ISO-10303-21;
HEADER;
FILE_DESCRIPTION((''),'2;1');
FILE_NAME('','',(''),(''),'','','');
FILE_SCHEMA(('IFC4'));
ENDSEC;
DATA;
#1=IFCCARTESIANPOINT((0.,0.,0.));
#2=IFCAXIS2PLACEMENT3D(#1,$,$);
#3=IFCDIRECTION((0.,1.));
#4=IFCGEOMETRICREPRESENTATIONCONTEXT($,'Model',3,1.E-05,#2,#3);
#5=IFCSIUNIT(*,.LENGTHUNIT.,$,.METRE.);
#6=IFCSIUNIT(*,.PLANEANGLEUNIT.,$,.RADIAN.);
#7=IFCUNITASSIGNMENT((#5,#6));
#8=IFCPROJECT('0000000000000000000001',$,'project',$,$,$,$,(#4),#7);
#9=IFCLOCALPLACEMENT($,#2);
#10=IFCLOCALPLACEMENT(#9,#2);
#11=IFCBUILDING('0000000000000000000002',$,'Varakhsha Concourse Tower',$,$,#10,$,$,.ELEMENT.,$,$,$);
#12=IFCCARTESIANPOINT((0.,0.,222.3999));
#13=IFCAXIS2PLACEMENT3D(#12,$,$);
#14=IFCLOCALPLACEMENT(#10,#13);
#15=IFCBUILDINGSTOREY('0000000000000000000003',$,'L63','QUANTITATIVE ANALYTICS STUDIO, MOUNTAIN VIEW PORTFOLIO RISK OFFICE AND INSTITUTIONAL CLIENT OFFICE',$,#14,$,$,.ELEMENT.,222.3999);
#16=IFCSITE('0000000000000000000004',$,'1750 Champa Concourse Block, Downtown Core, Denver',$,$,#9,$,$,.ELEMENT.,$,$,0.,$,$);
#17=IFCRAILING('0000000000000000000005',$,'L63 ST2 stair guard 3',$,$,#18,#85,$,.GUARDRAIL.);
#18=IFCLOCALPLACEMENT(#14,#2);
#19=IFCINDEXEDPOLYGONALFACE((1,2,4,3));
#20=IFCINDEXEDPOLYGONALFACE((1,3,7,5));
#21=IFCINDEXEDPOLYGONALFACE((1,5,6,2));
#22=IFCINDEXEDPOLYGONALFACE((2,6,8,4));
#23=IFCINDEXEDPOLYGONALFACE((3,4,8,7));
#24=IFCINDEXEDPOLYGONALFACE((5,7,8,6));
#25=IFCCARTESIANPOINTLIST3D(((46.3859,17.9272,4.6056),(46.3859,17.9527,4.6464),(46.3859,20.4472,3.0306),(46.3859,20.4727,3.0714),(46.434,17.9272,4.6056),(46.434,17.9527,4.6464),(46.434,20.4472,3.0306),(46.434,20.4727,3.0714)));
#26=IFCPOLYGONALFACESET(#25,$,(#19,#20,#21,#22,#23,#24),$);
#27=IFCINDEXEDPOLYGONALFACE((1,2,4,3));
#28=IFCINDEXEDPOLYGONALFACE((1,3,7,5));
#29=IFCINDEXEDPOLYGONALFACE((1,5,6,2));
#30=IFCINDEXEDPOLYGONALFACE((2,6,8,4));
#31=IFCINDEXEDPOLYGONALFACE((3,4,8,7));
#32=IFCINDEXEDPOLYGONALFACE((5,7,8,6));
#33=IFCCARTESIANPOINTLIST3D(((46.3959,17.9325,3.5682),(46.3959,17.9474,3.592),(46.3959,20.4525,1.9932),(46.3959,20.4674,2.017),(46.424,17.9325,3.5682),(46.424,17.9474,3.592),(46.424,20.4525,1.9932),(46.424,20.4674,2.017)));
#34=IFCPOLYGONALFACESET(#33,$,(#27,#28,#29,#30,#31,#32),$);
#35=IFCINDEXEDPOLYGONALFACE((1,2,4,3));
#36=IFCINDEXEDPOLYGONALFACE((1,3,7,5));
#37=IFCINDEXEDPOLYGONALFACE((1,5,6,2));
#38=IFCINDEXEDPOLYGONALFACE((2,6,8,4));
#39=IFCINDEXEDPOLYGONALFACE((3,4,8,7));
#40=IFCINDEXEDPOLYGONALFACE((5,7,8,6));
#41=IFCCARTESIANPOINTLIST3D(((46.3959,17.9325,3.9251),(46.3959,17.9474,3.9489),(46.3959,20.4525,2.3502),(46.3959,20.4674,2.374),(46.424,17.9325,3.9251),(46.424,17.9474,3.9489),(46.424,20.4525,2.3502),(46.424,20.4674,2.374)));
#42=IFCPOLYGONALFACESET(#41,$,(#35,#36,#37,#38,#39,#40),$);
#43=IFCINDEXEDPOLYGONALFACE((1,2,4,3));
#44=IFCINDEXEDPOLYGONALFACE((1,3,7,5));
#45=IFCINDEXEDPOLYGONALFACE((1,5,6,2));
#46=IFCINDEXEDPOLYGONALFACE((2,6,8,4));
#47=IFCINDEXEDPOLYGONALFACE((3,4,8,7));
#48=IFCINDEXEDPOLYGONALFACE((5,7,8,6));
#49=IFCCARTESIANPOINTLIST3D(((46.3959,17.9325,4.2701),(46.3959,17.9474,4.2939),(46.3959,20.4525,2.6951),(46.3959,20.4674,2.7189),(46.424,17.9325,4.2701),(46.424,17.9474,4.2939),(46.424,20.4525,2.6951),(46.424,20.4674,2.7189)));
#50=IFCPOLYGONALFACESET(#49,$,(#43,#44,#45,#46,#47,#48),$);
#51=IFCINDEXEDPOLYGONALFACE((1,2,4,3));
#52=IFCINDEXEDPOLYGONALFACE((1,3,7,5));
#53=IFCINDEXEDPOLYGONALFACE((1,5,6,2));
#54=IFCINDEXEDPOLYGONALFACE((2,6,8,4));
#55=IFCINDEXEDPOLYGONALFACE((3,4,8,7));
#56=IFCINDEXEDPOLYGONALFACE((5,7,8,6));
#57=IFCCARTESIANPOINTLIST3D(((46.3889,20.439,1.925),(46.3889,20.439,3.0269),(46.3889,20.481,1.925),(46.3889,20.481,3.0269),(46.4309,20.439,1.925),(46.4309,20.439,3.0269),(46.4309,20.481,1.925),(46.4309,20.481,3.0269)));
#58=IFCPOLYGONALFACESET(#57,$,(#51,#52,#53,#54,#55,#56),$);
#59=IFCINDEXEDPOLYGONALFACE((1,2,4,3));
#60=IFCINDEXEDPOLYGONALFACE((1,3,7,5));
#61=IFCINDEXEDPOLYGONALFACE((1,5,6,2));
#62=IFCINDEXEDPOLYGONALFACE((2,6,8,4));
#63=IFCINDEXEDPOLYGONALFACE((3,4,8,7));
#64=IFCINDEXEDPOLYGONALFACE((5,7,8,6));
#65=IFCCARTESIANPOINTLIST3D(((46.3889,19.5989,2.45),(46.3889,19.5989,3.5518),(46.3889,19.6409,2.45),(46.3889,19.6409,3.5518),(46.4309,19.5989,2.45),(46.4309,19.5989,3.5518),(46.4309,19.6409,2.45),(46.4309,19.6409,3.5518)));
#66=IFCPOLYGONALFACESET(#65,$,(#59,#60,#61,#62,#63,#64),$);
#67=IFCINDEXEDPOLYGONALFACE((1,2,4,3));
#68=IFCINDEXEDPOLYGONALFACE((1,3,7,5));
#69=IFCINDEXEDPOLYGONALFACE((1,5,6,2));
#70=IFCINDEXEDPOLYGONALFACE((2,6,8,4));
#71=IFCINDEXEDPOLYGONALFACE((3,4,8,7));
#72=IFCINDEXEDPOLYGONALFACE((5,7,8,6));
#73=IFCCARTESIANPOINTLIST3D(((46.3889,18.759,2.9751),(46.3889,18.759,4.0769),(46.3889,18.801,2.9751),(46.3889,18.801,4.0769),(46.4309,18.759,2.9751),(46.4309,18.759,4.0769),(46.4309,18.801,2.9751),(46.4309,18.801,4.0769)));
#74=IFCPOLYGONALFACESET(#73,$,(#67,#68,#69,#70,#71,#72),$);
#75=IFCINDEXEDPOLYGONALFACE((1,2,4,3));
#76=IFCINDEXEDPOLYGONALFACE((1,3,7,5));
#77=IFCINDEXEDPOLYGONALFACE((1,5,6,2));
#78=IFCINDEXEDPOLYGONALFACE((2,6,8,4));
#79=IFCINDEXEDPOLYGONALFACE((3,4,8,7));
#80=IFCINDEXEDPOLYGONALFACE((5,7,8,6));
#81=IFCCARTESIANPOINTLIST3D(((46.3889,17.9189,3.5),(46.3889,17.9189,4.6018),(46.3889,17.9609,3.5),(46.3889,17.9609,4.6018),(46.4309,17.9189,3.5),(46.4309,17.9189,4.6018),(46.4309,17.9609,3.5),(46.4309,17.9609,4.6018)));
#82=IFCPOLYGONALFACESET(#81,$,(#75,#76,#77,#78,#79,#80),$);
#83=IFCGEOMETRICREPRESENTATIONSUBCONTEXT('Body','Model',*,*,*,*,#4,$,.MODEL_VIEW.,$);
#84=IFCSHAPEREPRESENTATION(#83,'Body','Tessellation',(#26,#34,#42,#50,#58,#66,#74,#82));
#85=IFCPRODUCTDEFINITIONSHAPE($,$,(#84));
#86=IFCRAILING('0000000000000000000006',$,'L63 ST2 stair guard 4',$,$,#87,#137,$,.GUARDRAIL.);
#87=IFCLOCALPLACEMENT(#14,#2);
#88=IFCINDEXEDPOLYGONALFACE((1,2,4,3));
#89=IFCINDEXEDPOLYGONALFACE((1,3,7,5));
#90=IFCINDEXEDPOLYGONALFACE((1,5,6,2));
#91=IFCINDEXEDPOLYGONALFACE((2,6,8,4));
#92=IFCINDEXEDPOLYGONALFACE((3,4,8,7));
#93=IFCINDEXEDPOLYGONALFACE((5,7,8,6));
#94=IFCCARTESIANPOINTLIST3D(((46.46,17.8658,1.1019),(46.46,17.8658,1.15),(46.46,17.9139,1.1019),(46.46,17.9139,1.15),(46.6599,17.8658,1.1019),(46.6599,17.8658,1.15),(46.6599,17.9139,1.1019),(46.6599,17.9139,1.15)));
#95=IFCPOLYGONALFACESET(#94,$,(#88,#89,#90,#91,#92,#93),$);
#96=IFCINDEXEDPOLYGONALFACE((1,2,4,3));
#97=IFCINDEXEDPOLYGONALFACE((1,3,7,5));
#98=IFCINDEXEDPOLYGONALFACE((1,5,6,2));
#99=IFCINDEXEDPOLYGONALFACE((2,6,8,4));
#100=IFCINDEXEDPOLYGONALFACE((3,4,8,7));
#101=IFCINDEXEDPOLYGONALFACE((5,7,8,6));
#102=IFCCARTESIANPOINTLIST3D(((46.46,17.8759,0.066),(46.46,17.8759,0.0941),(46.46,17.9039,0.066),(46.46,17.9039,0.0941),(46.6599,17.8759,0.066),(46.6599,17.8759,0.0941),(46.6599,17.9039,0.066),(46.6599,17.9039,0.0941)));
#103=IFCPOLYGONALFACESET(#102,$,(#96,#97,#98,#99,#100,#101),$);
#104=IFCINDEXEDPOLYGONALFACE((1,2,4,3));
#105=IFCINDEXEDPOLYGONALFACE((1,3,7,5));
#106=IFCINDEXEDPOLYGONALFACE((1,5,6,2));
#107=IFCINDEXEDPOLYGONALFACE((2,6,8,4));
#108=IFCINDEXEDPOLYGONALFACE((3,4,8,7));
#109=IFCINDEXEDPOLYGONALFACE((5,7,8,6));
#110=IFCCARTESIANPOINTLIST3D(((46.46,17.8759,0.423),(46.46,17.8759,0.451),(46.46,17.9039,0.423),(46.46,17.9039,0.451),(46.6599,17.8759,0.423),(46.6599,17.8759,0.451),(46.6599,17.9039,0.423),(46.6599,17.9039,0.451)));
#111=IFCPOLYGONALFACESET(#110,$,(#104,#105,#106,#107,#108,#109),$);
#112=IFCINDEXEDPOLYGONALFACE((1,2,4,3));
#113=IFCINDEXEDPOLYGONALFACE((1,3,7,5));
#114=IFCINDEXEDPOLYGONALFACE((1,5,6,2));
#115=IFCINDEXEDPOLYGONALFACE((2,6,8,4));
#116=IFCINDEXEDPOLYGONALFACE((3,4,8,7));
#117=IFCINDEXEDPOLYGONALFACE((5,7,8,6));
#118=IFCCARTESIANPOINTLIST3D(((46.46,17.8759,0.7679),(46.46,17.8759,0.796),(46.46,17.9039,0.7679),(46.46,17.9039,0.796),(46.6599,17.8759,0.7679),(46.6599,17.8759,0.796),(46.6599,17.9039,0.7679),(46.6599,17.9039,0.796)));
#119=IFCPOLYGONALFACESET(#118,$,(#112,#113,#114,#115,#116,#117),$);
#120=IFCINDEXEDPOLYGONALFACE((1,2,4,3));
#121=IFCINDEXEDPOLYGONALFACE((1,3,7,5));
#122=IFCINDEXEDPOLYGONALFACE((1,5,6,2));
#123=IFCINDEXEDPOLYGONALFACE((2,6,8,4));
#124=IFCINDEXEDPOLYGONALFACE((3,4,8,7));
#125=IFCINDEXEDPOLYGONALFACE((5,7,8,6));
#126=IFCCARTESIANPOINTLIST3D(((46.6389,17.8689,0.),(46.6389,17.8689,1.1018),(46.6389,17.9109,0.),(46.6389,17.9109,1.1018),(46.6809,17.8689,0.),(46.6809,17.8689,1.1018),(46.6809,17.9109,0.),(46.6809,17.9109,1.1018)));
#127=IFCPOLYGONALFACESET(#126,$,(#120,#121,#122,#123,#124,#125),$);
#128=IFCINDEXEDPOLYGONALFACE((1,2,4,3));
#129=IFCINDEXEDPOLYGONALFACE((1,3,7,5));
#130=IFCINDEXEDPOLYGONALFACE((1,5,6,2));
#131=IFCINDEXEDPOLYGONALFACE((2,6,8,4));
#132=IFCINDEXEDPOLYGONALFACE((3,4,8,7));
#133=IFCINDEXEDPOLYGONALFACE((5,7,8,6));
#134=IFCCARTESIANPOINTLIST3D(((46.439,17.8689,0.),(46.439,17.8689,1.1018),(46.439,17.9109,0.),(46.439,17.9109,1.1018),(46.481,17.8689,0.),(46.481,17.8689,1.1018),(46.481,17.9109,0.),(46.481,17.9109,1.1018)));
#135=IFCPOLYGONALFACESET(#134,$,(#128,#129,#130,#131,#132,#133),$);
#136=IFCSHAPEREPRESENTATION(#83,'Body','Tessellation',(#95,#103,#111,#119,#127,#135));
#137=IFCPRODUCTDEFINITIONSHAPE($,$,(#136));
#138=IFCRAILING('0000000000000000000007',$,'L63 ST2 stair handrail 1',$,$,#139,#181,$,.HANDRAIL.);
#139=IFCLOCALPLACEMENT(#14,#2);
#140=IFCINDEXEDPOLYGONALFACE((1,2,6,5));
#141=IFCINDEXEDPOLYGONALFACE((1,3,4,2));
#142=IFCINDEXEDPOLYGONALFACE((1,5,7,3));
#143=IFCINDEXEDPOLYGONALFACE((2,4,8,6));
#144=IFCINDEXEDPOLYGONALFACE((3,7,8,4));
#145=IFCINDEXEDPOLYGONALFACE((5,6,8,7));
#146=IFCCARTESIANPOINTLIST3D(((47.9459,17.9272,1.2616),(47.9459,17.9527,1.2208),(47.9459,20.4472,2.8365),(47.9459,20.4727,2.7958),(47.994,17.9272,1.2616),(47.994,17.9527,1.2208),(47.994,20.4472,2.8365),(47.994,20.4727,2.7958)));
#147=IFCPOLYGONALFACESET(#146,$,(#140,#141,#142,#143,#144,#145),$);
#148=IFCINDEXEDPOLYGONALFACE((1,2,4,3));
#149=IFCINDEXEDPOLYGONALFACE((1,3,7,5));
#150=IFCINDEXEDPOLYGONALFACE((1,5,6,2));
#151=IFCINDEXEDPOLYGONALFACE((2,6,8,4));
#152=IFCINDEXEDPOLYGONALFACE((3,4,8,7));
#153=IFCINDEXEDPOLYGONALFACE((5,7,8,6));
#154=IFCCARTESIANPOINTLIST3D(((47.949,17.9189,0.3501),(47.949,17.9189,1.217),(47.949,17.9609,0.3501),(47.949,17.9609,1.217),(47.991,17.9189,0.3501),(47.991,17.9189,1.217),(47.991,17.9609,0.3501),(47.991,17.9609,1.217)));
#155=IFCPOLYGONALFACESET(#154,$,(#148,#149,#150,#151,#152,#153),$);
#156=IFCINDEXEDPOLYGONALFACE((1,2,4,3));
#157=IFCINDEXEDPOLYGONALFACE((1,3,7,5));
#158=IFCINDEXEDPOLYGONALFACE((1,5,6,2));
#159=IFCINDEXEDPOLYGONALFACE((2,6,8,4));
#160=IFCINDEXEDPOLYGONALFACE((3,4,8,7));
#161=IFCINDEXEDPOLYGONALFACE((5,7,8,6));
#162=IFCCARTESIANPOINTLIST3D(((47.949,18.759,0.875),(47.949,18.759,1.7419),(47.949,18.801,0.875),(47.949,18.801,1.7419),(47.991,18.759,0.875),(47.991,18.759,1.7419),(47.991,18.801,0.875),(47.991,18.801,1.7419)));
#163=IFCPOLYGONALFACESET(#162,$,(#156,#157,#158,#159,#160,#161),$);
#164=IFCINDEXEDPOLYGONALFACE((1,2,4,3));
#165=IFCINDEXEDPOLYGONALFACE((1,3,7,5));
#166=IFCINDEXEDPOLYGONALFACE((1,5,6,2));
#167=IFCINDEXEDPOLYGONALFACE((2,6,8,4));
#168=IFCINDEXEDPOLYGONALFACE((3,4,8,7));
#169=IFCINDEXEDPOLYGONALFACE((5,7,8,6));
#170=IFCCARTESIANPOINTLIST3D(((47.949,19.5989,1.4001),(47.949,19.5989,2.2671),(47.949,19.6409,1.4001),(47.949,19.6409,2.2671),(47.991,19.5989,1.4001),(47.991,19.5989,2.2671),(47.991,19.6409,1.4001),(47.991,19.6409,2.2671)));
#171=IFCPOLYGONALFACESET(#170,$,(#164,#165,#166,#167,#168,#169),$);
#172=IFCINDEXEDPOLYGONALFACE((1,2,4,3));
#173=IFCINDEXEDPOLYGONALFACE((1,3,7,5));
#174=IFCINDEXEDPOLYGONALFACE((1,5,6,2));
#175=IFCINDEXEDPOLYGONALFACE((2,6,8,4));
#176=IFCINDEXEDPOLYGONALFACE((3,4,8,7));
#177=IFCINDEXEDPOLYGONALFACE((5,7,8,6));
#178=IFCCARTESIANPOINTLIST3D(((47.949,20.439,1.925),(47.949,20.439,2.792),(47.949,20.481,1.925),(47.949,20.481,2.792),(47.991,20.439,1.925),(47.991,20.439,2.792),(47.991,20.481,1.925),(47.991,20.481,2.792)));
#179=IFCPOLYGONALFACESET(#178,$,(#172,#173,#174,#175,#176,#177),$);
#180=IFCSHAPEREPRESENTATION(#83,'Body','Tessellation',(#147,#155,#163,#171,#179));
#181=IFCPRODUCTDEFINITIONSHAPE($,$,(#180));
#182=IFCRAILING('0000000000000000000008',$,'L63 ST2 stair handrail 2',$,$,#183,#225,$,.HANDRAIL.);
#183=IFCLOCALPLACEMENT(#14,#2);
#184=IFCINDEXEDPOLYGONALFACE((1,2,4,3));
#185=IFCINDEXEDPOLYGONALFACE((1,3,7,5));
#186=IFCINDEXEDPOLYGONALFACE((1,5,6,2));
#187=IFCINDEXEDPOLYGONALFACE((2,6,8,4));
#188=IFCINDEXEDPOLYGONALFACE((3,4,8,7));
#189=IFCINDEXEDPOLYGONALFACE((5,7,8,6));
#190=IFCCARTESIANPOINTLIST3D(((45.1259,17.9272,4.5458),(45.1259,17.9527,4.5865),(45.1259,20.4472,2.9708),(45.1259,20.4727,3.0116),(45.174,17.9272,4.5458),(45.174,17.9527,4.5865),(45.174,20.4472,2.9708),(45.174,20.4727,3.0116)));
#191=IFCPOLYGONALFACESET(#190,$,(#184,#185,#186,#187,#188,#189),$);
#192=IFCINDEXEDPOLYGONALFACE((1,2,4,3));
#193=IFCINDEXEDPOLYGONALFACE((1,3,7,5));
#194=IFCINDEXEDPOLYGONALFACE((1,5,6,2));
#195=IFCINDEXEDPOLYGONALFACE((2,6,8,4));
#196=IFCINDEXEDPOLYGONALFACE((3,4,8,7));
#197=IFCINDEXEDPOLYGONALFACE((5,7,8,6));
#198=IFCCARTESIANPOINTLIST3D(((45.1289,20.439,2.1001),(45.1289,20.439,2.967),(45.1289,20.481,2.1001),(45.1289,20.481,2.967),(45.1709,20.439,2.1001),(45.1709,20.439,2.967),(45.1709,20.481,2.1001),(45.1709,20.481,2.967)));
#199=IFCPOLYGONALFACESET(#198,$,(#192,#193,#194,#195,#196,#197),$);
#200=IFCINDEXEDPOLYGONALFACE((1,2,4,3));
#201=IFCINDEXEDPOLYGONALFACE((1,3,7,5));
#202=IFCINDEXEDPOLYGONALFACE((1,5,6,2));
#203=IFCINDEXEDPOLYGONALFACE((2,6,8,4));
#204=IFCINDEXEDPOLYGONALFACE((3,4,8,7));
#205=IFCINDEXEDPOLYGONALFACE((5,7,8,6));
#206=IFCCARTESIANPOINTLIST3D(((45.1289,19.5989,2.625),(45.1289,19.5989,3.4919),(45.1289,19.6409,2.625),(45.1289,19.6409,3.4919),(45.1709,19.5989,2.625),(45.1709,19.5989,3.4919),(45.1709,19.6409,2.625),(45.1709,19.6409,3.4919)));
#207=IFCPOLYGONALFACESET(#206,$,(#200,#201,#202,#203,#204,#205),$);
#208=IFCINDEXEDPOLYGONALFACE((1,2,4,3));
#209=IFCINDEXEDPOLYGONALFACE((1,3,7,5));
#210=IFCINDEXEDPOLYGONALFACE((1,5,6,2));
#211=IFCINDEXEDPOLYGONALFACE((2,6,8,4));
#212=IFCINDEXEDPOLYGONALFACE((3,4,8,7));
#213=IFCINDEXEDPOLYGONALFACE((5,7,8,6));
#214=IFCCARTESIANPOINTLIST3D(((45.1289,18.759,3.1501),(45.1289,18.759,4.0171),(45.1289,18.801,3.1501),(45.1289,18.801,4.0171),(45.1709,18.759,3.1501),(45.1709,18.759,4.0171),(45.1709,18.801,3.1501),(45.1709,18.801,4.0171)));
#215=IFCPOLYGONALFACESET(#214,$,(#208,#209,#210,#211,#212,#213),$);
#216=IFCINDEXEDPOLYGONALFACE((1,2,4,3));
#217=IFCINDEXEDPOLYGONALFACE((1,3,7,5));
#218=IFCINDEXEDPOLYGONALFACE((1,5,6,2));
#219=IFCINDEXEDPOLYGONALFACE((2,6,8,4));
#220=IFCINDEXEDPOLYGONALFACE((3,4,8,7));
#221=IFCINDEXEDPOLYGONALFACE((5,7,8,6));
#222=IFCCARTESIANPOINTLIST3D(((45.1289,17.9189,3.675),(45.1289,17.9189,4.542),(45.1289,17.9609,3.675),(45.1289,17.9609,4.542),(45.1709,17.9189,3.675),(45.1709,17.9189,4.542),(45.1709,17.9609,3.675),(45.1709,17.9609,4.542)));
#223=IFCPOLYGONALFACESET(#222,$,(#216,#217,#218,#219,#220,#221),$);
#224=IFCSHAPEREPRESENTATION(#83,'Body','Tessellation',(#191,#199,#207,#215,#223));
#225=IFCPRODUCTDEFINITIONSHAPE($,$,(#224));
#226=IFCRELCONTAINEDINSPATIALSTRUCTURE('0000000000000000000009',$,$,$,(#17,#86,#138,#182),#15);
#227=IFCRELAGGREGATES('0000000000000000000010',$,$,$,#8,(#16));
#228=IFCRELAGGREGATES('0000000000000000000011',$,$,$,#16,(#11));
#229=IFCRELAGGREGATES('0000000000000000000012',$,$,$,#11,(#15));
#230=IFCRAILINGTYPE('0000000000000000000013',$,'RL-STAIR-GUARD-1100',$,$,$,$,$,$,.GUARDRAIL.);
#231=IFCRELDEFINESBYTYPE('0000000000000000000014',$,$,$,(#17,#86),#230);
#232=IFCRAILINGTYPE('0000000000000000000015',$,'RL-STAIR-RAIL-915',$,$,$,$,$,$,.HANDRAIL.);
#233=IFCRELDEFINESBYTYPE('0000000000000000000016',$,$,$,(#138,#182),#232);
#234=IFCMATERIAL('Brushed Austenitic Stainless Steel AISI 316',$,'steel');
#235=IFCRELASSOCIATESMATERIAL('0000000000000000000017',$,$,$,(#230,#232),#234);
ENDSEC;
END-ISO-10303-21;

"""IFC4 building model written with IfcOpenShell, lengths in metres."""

from ifc_helpers import new_model, si_unit, direction, frame, origin, origin_2d, place, context, subcontext, project, spatial, rectangle, extrude, material, type_object, element, save


model = new_model("IFC4")

# Units and contexts
model_context = context("Model", 3, precision=1e-05, world=origin(), true_north=direction((0.0, 1.0)))
body_context = subcontext(model_context, "Body", "Model", "MODEL_VIEW")
ifc_project = project(units=[si_unit("LENGTHUNIT", "METRE"), si_unit("PLANEANGLEUNIT", "RADIAN")], contexts=[model_context])

# Site, building, storey
site_placement = place(None, origin())
site = spatial("IfcSite", under=ifc_project, at=site_placement, Name="1750 Champa Concourse Block, Downtown Core, Denver", CompositionType="ELEMENT", RefElevation=0.0)
building_placement = place(site_placement, origin())
building = spatial("IfcBuilding", under=site, at=building_placement, Name="Varakhsha Concourse Tower", CompositionType="ELEMENT")
storey_placement = place(building_placement, frame((0.0, 0.0, 222.3999)))
storey = spatial("IfcBuildingStorey", under=building, at=storey_placement, Name="L63", Description="QUANTITATIVE ANALYTICS STUDIO, MOUNTAIN VIEW PORTFOLIO RISK OFFICE AND INSTITUTIONAL CLIENT OFFICE", CompositionType="ELEMENT", Elevation=222.3999)

# Railings
ifc_material_1 = material(Name="Brushed Austenitic Stainless Steel AISI 316", Category="steel")
railing_type_1 = type_object("IfcRailingType", Name="RL-STAIR-GUARD-1100", PredefinedType="GUARDRAIL", material=ifc_material_1)
railing_1_placement = place(storey_placement, frame((46.4099, 20.46, 1.925)))
element("IfcRailing", 1, at=railing_1_placement, inside=storey, type_object=railing_type_1, Name="L63 ST2 stair guard 3", PredefinedType="GUARDRAIL", context=body_context, shape_type="SweptSolid", body=[
    extrude(rectangle(XDim=0.0481, YDim=0.0481, at=origin_2d()), frame((0.0, 0.0, 1.126), z_axis=(0.0, -0.848008, 0.529984), x_axis=(1.0, 0.0, 0.0)), (0.0, 0.0, 1.0), 2.9717),
    extrude(rectangle(XDim=0.0281, YDim=0.0281, at=origin_2d()), frame((0.0, 0.0, 0.0801), z_axis=(0.0, -0.848008, 0.529984), x_axis=(1.0, 0.0, 0.0)), (0.0, 0.0, 1.0), 2.9717),
    extrude(rectangle(XDim=0.0281, YDim=0.0281, at=origin_2d()), frame((0.0, 0.0, 0.437), z_axis=(0.0, -0.848008, 0.529984), x_axis=(1.0, 0.0, 0.0)), (0.0, 0.0, 1.0), 2.9717),
    extrude(rectangle(XDim=0.0281, YDim=0.0281, at=origin_2d()), frame((0.0, 0.0, 0.782), z_axis=(0.0, -0.848008, 0.529984), x_axis=(1.0, 0.0, 0.0)), (0.0, 0.0, 1.0), 2.9717),
    extrude(rectangle(XDim=0.042, YDim=0.042, at=origin_2d()), origin(), (0.0, 0.0, 1.0), 1.1018),
    extrude(rectangle(XDim=0.042, YDim=0.042, at=origin_2d()), frame((0.0, -0.8401, 0.5249)), (0.0, 0.0, 1.0), 1.1018),
    extrude(rectangle(XDim=0.042, YDim=0.042, at=origin_2d()), frame((0.0, -1.6799, 1.05)), (0.0, 0.0, 1.0), 1.1018),
    extrude(rectangle(XDim=0.042, YDim=0.042, at=origin_2d()), frame((0.0, -2.52, 1.575)), (0.0, 0.0, 1.0), 1.1018),
])
railing_2_placement = place(storey_placement, frame((46.6599, 17.8899, 0.0)))
element("IfcRailing", 2, at=railing_2_placement, inside=storey, type_object=railing_type_1, Name="L63 ST2 stair guard 4", PredefinedType="GUARDRAIL", context=body_context, shape_type="SweptSolid", body=[
    extrude(rectangle(XDim=0.0481, YDim=0.0481, at=origin_2d()), frame((0.0, 0.0, 1.126), z_axis=(-1.0, 0.0, 0.0), x_axis=(0.0, -1.0, 0.0)), (0.0, 0.0, 1.0), 0.2),
    extrude(rectangle(XDim=0.0281, YDim=0.0281, at=origin_2d()), frame((0.0, 0.0, 0.0801), z_axis=(-1.0, 0.0, 0.0), x_axis=(0.0, -1.0, 0.0)), (0.0, 0.0, 1.0), 0.2),
    extrude(rectangle(XDim=0.0281, YDim=0.0281, at=origin_2d()), frame((0.0, 0.0, 0.437), z_axis=(-1.0, 0.0, 0.0), x_axis=(0.0, -1.0, 0.0)), (0.0, 0.0, 1.0), 0.2),
    extrude(rectangle(XDim=0.0281, YDim=0.0281, at=origin_2d()), frame((0.0, 0.0, 0.782), z_axis=(-1.0, 0.0, 0.0), x_axis=(0.0, -1.0, 0.0)), (0.0, 0.0, 1.0), 0.2),
    extrude(rectangle(XDim=0.042, YDim=0.042, at=origin_2d()), origin(), (0.0, 0.0, 1.0), 1.1018),
    extrude(rectangle(XDim=0.042, YDim=0.042, at=origin_2d()), frame((-0.2, 0.0, 0.0)), (0.0, 0.0, 1.0), 1.1018),
])
railing_type_2 = type_object("IfcRailingType", Name="RL-STAIR-RAIL-915", PredefinedType="HANDRAIL", material=ifc_material_1)
railing_3_placement = place(storey_placement, frame((47.97, 17.9399, 0.3501)))
element("IfcRailing", 3, at=railing_3_placement, inside=storey, type_object=railing_type_2, Name="L63 ST2 stair handrail 1", PredefinedType="HANDRAIL", context=body_context, shape_type="SweptSolid", body=[
    extrude(rectangle(XDim=0.0481, YDim=0.0481, at=origin_2d()), frame((0.0, 0.0, 0.8911), z_axis=(0.0, 0.848008, 0.529984), x_axis=(-1.0, 0.0, 0.0)), (0.0, 0.0, 1.0), 2.9717),
    extrude(rectangle(XDim=0.042, YDim=0.042, at=origin_2d()), origin(), (0.0, 0.0, 1.0), 0.8669),
    extrude(rectangle(XDim=0.042, YDim=0.042, at=origin_2d()), frame((0.0, 0.8401, 0.5249)), (0.0, 0.0, 1.0), 0.8669),
    extrude(rectangle(XDim=0.042, YDim=0.042, at=origin_2d()), frame((0.0, 1.6799, 1.05)), (0.0, 0.0, 1.0), 0.8669),
    extrude(rectangle(XDim=0.042, YDim=0.042, at=origin_2d()), frame((0.0, 2.52, 1.575)), (0.0, 0.0, 1.0), 0.8669),
])
railing_4_placement = place(storey_placement, frame((45.1499, 20.46, 2.1001)))
element("IfcRailing", 4, at=railing_4_placement, inside=storey, type_object=railing_type_2, Name="L63 ST2 stair handrail 2", PredefinedType="HANDRAIL", context=body_context, shape_type="SweptSolid", body=[
    extrude(rectangle(XDim=0.0481, YDim=0.0481, at=origin_2d()), frame((0.0, 0.0, 0.8911), z_axis=(0.0, -0.848008, 0.529984), x_axis=(1.0, 0.0, 0.0)), (0.0, 0.0, 1.0), 2.9717),
    extrude(rectangle(XDim=0.042, YDim=0.042, at=origin_2d()), origin(), (0.0, 0.0, 1.0), 0.8669),
    extrude(rectangle(XDim=0.042, YDim=0.042, at=origin_2d()), frame((0.0, -0.8401, 0.5249)), (0.0, 0.0, 1.0), 0.8669),
    extrude(rectangle(XDim=0.042, YDim=0.042, at=origin_2d()), frame((0.0, -1.6799, 1.05)), (0.0, 0.0, 1.0), 0.8669),
    extrude(rectangle(XDim=0.042, YDim=0.042, at=origin_2d()), frame((0.0, -2.52, 1.575)), (0.0, 0.0, 1.0), 0.8669),
])

save(model, "model.ifc")
